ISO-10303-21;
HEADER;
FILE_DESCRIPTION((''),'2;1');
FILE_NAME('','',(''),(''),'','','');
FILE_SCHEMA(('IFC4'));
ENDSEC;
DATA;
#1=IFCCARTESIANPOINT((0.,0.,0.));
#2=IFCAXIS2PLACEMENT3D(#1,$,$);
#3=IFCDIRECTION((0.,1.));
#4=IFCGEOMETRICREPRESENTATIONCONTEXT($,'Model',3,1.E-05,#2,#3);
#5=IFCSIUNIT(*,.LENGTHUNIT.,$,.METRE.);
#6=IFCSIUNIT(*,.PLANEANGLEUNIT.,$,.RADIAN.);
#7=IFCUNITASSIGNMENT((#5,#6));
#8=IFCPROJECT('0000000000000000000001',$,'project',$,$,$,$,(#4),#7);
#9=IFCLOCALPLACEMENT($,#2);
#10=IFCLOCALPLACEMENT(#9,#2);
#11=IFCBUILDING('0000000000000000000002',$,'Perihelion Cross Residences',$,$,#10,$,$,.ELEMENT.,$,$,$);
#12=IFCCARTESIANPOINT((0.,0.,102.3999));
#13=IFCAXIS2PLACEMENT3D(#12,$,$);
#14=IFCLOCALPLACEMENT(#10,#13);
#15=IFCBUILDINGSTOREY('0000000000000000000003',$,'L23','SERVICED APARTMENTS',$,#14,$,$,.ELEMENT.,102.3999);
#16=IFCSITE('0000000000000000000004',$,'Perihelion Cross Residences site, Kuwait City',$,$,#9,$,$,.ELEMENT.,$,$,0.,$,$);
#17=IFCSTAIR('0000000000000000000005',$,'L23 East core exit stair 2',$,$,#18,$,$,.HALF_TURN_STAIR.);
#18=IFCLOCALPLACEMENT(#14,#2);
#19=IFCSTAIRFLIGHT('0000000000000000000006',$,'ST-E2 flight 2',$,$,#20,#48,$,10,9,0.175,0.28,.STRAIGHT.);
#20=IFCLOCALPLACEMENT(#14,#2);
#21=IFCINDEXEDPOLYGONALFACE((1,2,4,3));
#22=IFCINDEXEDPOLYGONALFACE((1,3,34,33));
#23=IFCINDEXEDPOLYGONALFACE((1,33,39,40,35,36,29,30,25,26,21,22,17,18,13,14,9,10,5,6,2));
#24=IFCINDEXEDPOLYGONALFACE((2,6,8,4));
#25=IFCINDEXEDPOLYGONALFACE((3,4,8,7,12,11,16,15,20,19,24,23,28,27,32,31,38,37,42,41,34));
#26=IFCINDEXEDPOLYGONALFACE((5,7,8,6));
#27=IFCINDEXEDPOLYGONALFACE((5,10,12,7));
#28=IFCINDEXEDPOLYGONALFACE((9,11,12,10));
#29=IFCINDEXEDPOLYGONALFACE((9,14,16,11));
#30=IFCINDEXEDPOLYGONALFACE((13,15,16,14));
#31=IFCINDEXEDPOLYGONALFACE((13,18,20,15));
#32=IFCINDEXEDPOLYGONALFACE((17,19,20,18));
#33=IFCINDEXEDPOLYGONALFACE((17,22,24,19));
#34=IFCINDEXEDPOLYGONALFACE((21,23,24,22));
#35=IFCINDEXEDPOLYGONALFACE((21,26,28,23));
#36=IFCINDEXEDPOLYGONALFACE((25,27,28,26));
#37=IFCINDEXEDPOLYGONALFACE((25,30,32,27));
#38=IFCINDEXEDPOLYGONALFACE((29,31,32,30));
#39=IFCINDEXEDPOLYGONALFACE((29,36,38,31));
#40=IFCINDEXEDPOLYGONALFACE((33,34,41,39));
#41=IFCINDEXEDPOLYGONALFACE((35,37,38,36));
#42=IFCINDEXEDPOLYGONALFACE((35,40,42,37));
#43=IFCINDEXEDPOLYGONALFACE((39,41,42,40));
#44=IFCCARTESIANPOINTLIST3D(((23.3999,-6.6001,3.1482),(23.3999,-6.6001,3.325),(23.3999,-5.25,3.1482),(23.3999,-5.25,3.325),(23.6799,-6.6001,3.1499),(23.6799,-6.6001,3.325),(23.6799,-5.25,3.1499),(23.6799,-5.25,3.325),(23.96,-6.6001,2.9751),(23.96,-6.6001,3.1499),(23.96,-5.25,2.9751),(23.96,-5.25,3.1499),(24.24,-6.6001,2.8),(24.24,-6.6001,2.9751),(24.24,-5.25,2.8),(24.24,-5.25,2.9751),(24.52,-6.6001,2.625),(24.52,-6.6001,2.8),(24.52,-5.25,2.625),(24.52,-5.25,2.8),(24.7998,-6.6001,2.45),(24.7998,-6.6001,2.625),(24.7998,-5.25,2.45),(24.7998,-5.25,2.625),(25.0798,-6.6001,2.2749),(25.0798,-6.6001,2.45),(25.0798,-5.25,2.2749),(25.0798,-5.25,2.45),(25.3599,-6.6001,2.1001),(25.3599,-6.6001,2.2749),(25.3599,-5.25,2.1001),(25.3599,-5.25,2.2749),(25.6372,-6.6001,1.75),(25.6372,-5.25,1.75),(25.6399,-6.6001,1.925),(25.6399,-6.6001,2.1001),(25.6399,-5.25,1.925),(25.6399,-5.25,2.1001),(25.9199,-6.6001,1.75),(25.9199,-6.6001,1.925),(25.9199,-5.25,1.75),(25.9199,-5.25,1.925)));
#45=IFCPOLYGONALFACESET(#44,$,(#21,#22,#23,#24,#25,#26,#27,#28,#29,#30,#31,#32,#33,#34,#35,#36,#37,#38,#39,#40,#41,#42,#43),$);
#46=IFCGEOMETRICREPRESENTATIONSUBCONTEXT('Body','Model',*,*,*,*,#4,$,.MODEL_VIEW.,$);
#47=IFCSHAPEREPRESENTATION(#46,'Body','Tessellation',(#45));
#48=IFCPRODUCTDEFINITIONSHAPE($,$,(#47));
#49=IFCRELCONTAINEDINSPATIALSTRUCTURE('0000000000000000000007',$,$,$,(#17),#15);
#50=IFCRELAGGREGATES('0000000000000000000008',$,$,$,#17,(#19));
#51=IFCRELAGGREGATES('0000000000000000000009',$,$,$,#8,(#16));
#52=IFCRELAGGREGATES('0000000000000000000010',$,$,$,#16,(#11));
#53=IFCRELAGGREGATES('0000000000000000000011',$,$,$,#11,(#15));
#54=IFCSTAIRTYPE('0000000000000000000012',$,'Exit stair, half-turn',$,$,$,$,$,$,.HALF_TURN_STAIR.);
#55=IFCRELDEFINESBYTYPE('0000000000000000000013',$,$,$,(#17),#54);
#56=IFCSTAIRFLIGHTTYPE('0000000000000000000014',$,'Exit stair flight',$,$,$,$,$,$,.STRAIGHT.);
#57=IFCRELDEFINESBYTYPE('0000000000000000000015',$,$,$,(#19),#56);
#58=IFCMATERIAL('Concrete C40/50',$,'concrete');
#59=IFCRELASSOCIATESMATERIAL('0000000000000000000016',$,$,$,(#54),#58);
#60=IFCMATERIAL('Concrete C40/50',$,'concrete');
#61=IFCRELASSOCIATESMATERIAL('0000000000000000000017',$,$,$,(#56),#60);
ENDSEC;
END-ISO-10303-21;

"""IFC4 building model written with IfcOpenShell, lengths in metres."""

from ifc_helpers import new_model, si_unit, direction, frame, origin, place, context, subcontext, project, spatial, polyline, outline, extrude, material, type_object, element, aggregate, save


model = new_model("IFC4")

# Units and contexts
model_context = context("Model", 3, precision=1e-05, world=origin(), true_north=direction((0.0, 1.0)))
body_context = subcontext(model_context, "Body", "Model", "MODEL_VIEW")
ifc_project = project(units=[si_unit("LENGTHUNIT", "METRE"), si_unit("PLANEANGLEUNIT", "RADIAN")], contexts=[model_context])

# Site, building, storey
site_placement = place(None, origin())
site = spatial("IfcSite", under=ifc_project, at=site_placement, Name="Perihelion Cross Residences site, Kuwait City", CompositionType="ELEMENT", RefElevation=0.0)
building_placement = place(site_placement, origin())
building = spatial("IfcBuilding", under=site, at=building_placement, Name="Perihelion Cross Residences", CompositionType="ELEMENT")
storey_placement = place(building_placement, frame((0.0, 0.0, 102.3999)))
storey = spatial("IfcBuildingStorey", under=building, at=storey_placement, Name="L23", Description="SERVICED APARTMENTS", CompositionType="ELEMENT", Elevation=102.3999)

# Stair, stair flight
ifc_material_1 = material(Name="Concrete C40/50", Category="concrete")
stair_type = type_object("IfcStairType", Name="Exit stair, half-turn", PredefinedType="HALF_TURN_STAIR", material=ifc_material_1)
stair_placement = place(storey_placement, origin())
stair = element("IfcStair", 1, at=stair_placement, inside=storey, type_object=stair_type, Name="L23 East core exit stair 2", PredefinedType="HALF_TURN_STAIR")
ifc_material_2 = material(Name="Concrete C40/50", Category="concrete")
stair_flight_type = type_object("IfcStairFlightType", Name="Exit stair flight", PredefinedType="STRAIGHT", material=ifc_material_2)
stair_flight_placement = place(storey_placement, frame((25.9199, -5.925, 1.75), z_axis=(0.0, 0.0, 1.0), x_axis=(-1.0, 0.0, 0.0)))
stair_flight = element("IfcStairFlight", 2, at=stair_flight_placement, type_object=stair_flight_type, Name="ST-E2 flight 2", NumberOfRisers=10, NumberOfTreads=9, PredefinedType="STRAIGHT", RiserHeight=0.175, TreadLength=0.28, context=body_context, shape_type="SweptSolid", body=[
    extrude(outline(polyline([(0.0, 0.0), (0.0, 0.175), (0.28, 0.175), (0.28, 0.3501), (0.5601, 0.3501), (0.5601, 0.5249), (0.8401, 0.5249), (0.8401, 0.7), (1.1201, 0.7), (1.1201, 0.875), (1.3999, 0.875), (1.3999, 1.05), (1.6799, 1.05), (1.6799, 1.2251), (1.96, 1.2251), (1.96, 1.3999), (2.24, 1.3999), (2.24, 1.575), (2.52, 1.575), (2.52, 1.75), (2.52, 1.3982), (0.2827, 0.0), (0.0, 0.0)])), frame((0.0, 0.675, 0.0), z_axis=(0.0, -1.0, 0.0), x_axis=(1.0, 0.0, 0.0)), (0.0, 0.0, 1.0), 1.3501),
])
aggregate(stair, [stair_flight])

save(model, "model.ifc")
